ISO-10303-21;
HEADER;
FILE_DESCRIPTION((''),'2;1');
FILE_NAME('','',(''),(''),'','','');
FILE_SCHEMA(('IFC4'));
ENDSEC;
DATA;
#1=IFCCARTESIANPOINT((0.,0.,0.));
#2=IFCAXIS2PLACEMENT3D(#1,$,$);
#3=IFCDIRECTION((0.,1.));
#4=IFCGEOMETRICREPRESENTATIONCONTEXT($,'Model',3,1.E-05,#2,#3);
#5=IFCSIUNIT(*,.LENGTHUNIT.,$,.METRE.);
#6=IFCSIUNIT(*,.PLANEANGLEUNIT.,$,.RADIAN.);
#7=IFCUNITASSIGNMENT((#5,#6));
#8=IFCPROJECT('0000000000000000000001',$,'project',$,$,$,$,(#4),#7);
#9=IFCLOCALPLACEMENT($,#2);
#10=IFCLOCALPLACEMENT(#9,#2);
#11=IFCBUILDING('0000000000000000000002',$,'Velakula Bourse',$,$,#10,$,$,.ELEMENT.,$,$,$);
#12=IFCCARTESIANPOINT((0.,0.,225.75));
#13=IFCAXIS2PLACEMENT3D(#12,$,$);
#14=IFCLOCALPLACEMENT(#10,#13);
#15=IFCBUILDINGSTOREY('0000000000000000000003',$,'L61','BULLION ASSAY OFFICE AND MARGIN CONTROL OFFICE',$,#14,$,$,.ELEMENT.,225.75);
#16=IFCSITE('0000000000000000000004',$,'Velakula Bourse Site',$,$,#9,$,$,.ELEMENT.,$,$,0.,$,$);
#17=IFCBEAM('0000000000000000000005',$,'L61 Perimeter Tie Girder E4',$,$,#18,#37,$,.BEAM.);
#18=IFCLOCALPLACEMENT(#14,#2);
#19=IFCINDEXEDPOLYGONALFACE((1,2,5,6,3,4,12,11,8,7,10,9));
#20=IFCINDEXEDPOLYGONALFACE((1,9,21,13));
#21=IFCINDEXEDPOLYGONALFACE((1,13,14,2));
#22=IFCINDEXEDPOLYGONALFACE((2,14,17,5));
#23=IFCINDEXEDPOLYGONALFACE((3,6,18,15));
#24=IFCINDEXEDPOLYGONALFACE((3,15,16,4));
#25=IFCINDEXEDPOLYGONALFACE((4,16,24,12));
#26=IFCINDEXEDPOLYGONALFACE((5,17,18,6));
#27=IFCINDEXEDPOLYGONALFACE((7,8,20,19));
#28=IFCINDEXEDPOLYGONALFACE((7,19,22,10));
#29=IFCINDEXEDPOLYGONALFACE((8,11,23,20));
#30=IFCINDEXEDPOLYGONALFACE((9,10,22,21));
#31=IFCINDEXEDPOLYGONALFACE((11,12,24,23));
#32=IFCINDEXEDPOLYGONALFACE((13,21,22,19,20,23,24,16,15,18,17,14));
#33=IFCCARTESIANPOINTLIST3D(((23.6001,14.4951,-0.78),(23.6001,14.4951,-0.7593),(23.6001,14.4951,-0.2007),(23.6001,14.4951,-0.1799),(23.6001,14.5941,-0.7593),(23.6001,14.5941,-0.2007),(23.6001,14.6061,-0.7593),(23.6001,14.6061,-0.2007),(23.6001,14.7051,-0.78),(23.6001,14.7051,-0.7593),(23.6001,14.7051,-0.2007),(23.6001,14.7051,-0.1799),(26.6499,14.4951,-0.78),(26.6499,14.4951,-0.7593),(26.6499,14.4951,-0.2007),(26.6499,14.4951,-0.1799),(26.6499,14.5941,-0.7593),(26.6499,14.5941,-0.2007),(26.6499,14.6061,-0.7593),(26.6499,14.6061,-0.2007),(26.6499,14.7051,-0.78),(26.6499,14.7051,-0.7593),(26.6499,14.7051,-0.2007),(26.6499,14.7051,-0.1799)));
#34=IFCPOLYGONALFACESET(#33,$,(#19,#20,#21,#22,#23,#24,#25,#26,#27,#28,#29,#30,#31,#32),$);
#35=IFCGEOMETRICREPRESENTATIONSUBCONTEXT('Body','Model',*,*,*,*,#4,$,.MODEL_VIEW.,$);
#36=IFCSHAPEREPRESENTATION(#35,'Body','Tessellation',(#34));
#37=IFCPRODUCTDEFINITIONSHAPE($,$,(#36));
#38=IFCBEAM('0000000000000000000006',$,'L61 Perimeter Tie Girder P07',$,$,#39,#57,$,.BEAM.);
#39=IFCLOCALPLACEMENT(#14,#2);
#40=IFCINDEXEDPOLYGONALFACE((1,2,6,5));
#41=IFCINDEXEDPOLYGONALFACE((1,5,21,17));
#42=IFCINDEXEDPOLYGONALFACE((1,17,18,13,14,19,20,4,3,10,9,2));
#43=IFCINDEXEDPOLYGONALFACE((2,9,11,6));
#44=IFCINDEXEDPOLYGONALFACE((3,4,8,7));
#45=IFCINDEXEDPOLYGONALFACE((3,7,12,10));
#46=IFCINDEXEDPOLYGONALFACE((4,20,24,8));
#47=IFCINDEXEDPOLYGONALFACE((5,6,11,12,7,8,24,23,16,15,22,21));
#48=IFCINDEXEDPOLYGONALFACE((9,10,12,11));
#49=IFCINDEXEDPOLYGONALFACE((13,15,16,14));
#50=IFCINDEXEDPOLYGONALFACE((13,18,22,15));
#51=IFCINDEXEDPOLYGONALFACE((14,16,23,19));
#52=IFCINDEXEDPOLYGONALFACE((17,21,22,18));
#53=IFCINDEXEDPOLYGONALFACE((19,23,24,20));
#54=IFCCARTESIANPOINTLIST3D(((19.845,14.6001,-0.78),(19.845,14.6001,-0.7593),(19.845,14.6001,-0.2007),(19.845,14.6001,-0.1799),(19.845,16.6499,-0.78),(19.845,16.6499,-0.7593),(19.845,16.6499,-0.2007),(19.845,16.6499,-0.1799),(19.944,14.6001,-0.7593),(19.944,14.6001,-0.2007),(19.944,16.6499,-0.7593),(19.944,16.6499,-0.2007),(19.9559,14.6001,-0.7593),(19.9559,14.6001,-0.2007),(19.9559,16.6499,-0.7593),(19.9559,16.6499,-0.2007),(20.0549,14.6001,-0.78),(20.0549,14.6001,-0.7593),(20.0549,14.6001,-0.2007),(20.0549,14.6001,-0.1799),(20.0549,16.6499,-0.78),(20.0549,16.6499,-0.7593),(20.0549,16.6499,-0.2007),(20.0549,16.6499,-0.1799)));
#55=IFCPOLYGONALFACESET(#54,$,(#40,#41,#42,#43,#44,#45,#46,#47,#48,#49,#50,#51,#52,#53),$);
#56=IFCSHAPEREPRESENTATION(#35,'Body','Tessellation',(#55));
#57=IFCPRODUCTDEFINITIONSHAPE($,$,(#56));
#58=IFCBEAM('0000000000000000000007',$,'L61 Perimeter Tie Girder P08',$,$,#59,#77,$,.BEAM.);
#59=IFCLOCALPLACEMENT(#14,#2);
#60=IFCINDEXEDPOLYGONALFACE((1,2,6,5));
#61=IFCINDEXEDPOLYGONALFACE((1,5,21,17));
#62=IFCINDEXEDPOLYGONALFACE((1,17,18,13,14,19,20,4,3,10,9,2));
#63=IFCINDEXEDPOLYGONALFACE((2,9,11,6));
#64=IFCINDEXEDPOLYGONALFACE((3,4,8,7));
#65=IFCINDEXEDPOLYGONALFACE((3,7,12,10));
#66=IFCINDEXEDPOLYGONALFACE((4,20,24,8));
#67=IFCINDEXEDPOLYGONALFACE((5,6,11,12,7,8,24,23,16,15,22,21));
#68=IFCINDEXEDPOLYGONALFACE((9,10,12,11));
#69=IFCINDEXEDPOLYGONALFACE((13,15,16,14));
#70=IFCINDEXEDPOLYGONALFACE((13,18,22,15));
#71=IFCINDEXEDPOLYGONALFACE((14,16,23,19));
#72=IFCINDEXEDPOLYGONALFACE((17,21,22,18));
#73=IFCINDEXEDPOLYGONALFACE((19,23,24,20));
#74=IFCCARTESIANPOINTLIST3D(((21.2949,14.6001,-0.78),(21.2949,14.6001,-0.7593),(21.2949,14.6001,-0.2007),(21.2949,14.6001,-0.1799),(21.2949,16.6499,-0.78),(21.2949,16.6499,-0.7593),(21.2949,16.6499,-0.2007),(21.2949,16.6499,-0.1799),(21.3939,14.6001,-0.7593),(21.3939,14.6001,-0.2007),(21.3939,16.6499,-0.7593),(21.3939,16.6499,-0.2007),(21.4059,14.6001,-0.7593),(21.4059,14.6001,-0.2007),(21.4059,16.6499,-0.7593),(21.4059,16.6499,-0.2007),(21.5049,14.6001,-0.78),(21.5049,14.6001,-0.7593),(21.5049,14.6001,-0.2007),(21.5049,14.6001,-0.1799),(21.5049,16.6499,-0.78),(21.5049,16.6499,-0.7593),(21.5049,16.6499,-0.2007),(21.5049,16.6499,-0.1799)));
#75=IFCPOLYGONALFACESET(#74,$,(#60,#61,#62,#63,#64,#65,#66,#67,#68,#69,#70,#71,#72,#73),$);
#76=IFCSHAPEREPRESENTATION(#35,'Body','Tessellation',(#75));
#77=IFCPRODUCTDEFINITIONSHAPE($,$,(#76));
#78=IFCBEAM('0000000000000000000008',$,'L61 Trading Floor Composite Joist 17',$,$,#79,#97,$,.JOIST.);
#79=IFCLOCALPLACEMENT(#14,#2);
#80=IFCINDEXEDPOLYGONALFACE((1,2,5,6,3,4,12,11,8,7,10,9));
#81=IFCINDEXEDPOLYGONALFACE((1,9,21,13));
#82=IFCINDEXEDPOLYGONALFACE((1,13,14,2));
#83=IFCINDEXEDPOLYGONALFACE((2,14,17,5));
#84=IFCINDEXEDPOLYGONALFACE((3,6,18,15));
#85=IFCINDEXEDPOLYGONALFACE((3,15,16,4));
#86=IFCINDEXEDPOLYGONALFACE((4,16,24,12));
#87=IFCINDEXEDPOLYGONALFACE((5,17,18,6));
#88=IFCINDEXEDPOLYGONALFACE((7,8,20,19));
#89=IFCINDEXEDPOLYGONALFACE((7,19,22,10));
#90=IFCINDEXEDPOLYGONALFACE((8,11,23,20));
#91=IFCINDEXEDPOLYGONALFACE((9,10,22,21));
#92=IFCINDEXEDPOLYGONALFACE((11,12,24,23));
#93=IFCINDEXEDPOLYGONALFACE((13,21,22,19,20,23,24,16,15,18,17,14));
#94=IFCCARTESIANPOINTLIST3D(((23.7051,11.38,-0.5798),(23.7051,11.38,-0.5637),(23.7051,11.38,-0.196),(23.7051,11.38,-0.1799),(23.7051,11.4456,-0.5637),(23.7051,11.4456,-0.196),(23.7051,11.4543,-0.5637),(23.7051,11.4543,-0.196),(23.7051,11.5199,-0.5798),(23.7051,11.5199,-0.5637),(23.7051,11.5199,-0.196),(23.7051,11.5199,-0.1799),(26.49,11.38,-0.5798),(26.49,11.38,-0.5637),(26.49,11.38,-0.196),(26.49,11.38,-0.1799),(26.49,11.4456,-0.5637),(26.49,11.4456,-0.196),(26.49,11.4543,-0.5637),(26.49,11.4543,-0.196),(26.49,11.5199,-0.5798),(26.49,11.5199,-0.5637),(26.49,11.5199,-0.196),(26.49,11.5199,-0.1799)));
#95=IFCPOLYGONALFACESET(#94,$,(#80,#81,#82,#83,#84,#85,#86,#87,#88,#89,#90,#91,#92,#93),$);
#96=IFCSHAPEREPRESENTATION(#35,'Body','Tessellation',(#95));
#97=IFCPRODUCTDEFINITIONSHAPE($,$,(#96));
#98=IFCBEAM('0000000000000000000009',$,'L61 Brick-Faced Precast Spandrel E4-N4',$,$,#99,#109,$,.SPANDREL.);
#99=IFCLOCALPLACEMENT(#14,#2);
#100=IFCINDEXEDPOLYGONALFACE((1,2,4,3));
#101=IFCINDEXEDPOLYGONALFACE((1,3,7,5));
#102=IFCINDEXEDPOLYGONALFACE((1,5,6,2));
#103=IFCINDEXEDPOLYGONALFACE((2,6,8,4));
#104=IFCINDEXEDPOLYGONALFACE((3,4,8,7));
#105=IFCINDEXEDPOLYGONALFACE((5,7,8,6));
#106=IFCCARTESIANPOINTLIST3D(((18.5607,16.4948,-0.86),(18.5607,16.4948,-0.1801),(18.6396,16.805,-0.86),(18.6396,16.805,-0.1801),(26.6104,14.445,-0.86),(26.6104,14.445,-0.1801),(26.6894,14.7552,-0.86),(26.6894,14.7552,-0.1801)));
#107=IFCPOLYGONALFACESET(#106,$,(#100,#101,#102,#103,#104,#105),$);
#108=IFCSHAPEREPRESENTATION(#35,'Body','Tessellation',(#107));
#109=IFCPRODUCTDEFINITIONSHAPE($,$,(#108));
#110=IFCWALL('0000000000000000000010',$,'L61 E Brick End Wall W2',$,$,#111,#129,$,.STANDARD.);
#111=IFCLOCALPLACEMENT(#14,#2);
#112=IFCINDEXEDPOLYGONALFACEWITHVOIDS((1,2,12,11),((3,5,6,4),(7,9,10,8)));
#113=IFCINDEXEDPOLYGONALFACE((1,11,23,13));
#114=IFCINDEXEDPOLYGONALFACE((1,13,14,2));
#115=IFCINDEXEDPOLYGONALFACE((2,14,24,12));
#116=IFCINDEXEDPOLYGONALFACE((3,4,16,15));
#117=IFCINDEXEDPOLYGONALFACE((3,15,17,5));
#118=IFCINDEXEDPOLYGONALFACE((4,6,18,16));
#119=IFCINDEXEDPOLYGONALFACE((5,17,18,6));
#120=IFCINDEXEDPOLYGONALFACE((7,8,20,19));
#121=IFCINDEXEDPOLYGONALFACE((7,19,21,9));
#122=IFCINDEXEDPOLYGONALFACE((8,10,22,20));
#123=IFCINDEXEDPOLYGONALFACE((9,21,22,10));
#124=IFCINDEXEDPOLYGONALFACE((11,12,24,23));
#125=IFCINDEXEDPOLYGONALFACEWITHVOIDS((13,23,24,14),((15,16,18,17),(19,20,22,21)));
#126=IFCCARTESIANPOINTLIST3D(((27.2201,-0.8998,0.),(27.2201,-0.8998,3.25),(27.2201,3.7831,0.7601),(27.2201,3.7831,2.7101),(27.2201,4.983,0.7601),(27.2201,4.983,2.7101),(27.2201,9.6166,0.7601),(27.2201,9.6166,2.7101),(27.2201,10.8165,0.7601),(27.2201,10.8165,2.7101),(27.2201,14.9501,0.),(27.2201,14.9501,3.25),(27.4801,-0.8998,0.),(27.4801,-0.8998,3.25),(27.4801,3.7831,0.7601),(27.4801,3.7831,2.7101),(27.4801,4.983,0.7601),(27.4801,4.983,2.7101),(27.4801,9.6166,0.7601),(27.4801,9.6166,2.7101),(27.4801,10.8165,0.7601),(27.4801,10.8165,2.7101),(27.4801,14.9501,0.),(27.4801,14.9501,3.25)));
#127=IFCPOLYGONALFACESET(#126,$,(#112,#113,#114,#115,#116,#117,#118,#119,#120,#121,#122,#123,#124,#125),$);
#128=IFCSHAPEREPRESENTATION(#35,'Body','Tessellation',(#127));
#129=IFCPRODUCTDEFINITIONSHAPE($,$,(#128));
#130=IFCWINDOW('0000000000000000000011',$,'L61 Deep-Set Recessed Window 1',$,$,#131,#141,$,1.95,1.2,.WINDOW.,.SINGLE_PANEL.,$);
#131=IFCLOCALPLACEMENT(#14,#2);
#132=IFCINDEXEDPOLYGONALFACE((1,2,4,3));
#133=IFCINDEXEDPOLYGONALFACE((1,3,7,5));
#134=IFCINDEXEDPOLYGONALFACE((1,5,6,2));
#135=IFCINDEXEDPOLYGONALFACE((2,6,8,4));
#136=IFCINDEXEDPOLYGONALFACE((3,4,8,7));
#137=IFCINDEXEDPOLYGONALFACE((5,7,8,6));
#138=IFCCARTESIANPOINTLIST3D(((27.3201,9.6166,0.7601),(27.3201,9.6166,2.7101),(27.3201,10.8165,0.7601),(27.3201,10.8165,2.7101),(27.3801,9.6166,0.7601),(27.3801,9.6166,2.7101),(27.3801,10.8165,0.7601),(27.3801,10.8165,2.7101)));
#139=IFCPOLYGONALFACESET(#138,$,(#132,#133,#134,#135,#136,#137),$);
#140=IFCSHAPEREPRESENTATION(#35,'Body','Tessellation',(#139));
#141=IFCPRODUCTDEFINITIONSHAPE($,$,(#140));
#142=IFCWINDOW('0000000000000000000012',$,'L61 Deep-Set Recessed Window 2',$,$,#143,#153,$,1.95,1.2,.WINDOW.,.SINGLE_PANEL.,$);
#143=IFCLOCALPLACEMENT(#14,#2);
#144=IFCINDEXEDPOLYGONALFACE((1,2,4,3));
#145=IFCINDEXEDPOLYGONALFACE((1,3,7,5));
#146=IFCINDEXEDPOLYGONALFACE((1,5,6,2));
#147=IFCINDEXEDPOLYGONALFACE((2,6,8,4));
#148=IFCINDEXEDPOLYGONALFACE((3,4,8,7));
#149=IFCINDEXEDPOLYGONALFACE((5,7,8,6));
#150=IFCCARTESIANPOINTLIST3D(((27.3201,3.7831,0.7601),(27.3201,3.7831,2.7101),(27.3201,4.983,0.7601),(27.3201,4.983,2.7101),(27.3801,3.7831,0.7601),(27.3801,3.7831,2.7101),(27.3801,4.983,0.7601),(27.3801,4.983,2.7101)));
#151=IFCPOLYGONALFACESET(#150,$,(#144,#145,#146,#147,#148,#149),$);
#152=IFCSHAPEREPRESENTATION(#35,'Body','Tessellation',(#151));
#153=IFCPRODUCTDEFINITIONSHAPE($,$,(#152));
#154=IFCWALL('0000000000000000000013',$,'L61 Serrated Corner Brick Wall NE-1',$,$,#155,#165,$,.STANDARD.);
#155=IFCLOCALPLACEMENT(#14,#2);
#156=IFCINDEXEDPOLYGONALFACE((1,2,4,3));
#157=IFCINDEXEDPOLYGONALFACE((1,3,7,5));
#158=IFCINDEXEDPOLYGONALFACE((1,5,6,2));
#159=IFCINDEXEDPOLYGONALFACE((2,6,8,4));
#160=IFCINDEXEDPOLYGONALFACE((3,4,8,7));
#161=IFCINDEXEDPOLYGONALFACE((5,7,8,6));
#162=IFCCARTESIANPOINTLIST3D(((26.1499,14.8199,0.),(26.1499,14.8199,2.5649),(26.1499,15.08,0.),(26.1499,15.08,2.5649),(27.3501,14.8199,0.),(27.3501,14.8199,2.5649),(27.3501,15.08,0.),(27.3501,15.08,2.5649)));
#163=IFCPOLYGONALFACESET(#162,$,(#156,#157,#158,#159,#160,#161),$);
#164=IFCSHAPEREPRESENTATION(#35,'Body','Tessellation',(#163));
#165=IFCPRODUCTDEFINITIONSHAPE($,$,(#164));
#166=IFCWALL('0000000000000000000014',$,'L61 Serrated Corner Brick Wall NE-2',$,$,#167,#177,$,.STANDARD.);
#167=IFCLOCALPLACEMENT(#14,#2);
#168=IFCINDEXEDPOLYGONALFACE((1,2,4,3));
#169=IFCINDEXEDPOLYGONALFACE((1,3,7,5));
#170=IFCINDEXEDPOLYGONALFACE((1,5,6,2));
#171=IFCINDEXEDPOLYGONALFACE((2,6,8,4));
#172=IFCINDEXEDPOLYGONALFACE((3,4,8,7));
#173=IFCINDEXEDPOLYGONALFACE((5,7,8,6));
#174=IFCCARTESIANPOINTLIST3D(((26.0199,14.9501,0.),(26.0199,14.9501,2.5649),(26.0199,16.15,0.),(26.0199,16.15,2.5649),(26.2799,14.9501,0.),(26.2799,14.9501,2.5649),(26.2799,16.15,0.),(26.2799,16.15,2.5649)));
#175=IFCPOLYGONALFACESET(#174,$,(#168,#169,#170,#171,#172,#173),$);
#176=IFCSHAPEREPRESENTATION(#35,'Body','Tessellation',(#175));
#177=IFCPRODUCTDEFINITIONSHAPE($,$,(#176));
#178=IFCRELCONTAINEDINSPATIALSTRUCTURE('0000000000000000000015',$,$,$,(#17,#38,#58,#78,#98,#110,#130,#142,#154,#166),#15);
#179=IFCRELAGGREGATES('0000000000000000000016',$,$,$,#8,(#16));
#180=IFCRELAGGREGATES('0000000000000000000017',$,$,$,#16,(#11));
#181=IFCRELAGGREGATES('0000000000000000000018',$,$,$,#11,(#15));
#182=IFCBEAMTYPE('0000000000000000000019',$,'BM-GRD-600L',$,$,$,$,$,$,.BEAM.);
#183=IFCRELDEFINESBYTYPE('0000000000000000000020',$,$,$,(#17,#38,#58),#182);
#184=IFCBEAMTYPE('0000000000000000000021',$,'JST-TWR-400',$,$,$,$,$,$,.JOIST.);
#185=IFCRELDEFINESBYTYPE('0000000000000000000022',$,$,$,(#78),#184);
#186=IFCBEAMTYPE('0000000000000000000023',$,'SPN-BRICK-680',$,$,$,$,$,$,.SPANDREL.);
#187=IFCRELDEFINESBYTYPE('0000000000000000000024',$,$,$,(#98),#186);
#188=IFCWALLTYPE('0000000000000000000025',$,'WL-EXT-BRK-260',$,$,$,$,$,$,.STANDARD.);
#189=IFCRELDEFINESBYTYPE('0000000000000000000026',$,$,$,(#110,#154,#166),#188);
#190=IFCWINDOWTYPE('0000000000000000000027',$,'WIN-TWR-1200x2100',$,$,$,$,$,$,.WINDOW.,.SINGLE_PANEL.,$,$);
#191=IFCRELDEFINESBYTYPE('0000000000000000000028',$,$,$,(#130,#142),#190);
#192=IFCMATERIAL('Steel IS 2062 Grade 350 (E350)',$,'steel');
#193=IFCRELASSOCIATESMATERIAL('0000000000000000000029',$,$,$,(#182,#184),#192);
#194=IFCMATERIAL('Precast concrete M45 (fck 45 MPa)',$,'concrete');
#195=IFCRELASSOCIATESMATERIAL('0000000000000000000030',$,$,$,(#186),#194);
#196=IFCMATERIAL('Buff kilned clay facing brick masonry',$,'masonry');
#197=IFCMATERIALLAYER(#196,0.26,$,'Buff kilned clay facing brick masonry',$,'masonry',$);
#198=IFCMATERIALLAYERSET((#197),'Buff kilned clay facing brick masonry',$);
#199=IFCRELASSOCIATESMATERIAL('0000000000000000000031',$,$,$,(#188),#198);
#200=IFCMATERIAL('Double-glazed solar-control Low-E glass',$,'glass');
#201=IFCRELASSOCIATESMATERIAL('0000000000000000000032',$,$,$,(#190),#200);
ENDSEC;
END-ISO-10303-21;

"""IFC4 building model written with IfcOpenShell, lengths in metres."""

from ifc_helpers import new_model, si_unit, direction, frame, frame_2d, origin, origin_2d, place, context, subcontext, project, spatial, rectangle, i_section, extrude, material, layer, layer_set, material_profile, profile_set, type_object, element, fill, save


model = new_model("IFC4")

# Units and contexts
model_context = context("Model", 3, precision=1e-05, world=origin(), true_north=direction((0.0, 1.0)))
body_context = subcontext(model_context, "Body", "Model", "MODEL_VIEW")
ifc_project = project(units=[si_unit("LENGTHUNIT", "METRE"), si_unit("PLANEANGLEUNIT", "RADIAN")], contexts=[model_context])

# Site, building, storey
site_placement = place(None, origin())
site = spatial("IfcSite", under=ifc_project, at=site_placement, Name="Velakula Bourse Site", CompositionType="ELEMENT", RefElevation=0.0)
building_placement = place(site_placement, origin())
building = spatial("IfcBuilding", under=site, at=building_placement, Name="Velakula Bourse", CompositionType="ELEMENT")
storey_placement = place(building_placement, frame((0.0, 0.0, 225.75)))
storey = spatial("IfcBuildingStorey", under=building, at=storey_placement, Name="L61", Description="BULLION ASSAY OFFICE AND MARGIN CONTROL OFFICE", CompositionType="ELEMENT", Elevation=225.75)

# Shared definitions
ifc_material_1 = material(Name="Steel IS 2062 Grade 350 (E350)", Category="steel")
ifc_material_2 = material(Name="Precast concrete M45 (fck 45 MPa)", Category="concrete")

# Beams
ifc_material_profile_1 = material_profile(ifc_material_1, i_section(OverallWidth=0.21, OverallDepth=0.6001, WebThickness=0.012, FlangeThickness=0.0208, at=origin_2d()), Name="Steel IS 2062 Grade 350 (E350)")
ifc_profile_set_1 = profile_set([ifc_material_profile_1], Name="Steel IS 2062 Grade 350 (E350)")
beam_type_1 = type_object("IfcBeamType", Name="BM-GRD-600L", PredefinedType="BEAM", material=ifc_profile_set_1)
beam_1_placement = place(storey_placement, frame((23.6001, 14.6001, -0.48), z_axis=(1.0, 0.0, 0.0), x_axis=(0.0, 1.0, 0.0)))
element("IfcBeam", 1, at=beam_1_placement, inside=storey, type_object=beam_type_1, Name="L61 Perimeter Tie Girder E4", PredefinedType="BEAM", context=body_context, shape_type="SweptSolid", body=[
    extrude(i_section(OverallWidth=0.21, OverallDepth=0.6001, WebThickness=0.012, FlangeThickness=0.0208, at=origin_2d()), origin(), (0.0, 0.0, 1.0), 3.0498),
])
for number, where, z_axis, x_axis, name in (
    (2, (19.95, 14.6001, -0.48), (0.0, 1.0, 0.0), (-1.0, 0.0, 0.0), "L61 Perimeter Tie Girder P07"),
    (3, (21.3999, 14.6001, -0.48), (0.0, 1.0, 0.0), (-1.0, 0.0, 0.0), "L61 Perimeter Tie Girder P08"),
):
    element("IfcBeam", number, at=place(storey_placement, frame(where, z_axis=z_axis, x_axis=x_axis)), inside=storey, type_object=beam_type_1, Name=name, PredefinedType="BEAM", context=body_context, shape_type="SweptSolid", body=[
        extrude(i_section(OverallWidth=0.21, OverallDepth=0.6001, WebThickness=0.012, FlangeThickness=0.0208, at=origin_2d()), origin(), (0.0, 0.0, 1.0), 2.0498),
    ])
ifc_material_profile_2 = material_profile(ifc_material_1, i_section(OverallWidth=0.1399, OverallDepth=0.3999, WebThickness=0.0088, FlangeThickness=0.0161, at=origin_2d()), Name="Steel IS 2062 Grade 350 (E350)")
ifc_profile_set_2 = profile_set([ifc_material_profile_2], Name="Steel IS 2062 Grade 350 (E350)")
beam_type_2 = type_object("IfcBeamType", Name="JST-TWR-400", PredefinedType="JOIST", material=ifc_profile_set_2)
beam_2_placement = place(storey_placement, frame((23.7051, 11.45, -0.3799), z_axis=(1.0, 0.0, 0.0), x_axis=(0.0, 1.0, 0.0)))
element("IfcBeam", 4, at=beam_2_placement, inside=storey, type_object=beam_type_2, Name="L61 Trading Floor Composite Joist 17", PredefinedType="JOIST", context=body_context, shape_type="SweptSolid", body=[
    extrude(i_section(OverallWidth=0.1399, OverallDepth=0.3999, WebThickness=0.0088, FlangeThickness=0.0161, at=origin_2d()), origin(), (0.0, 0.0, 1.0), 2.7849),
])
ifc_material_profile_3 = material_profile(ifc_material_2, rectangle(XDim=0.3201, YDim=0.6799, at=origin_2d()), Name="Precast concrete M45 (fck 45 MPa)")
ifc_profile_set_3 = profile_set([ifc_material_profile_3], Name="Precast concrete M45 (fck 45 MPa)")
beam_type_3 = type_object("IfcBeamType", Name="SPN-BRICK-680", PredefinedType="SPANDREL", material=ifc_profile_set_3)
beam_3_placement = place(storey_placement, frame((26.6499, 14.6001, -0.52), z_axis=(-0.969075, 0.246766, 0.0), x_axis=(-0.246766, -0.969075, 0.0)))
element("IfcBeam", 5, at=beam_3_placement, inside=storey, type_object=beam_type_3, Name="L61 Brick-Faced Precast Spandrel E4-N4", PredefinedType="SPANDREL", context=body_context, shape_type="SweptSolid", body=[
    extrude(rectangle(XDim=0.3201, YDim=0.6799, at=origin_2d()), origin(), (0.0, 0.0, 1.0), 8.3066),
])

# Wall, openings, windows
ifc_material_3 = material(Name="Buff kilned clay facing brick masonry", Category="masonry")
ifc_layer = layer(ifc_material_3, 0.26, Name="Buff kilned clay facing brick masonry", Category="masonry")
ifc_layer_set = layer_set([ifc_layer], Name="Buff kilned clay facing brick masonry")
wall_type = type_object("IfcWallType", Name="WL-EXT-BRK-260", PredefinedType="STANDARD", material=ifc_layer_set)
wall_1_placement = place(storey_placement, frame((27.3501, 14.95, 0.0), z_axis=(0.0, 0.0, 1.0), x_axis=(0.0, -1.0, 0.0)))
wall_1 = element("IfcWall", 6, at=wall_1_placement, inside=storey, type_object=wall_type, Name="L61 E Brick End Wall W2", PredefinedType="STANDARD", context=body_context, shape_type="SweptSolid", body=[
    extrude(rectangle(XDim=15.8499, YDim=0.26, at=frame_2d((7.9248, 0.0))), origin(), (0.0, 0.0, 1.0), 3.25),
])
opening_1_placement = place(wall_1_placement, frame((4.1333, 0.0, 0.76)))
opening_1 = element("IfcOpeningElement", 7, at=opening_1_placement, cuts=wall_1, PredefinedType="OPENING", context=body_context, shape_type="SweptSolid", body=[
    extrude(rectangle(XDim=1.2, YDim=1.95, at=frame_2d((0.6001, 0.9751))), frame((0.0, 0.1399, 0.0), z_axis=(0.0, -1.0, 0.0), x_axis=(1.0, 0.0, 0.0)), (0.0, 0.0, 1.0), 0.28),
])
opening_2_placement = place(wall_1_placement, frame((9.9668, 0.0, 0.76)))
opening_2 = element("IfcOpeningElement", 8, at=opening_2_placement, cuts=wall_1, PredefinedType="OPENING", context=body_context, shape_type="SweptSolid", body=[
    extrude(rectangle(XDim=1.2, YDim=1.95, at=frame_2d((0.6001, 0.9751))), frame((0.0, 0.1399, 0.0), z_axis=(0.0, -1.0, 0.0), x_axis=(1.0, 0.0, 0.0)), (0.0, 0.0, 1.0), 0.28),
])
ifc_material_4 = material(Name="Double-glazed solar-control Low-E glass", Category="glass")
window_type = type_object("IfcWindowType", Name="WIN-TWR-1200x2100", PartitioningType="SINGLE_PANEL", PredefinedType="WINDOW", material=ifc_material_4)
window_1_placement = place(opening_1_placement, origin())
window_1 = element("IfcWindow", 9, at=window_1_placement, inside=storey, type_object=window_type, Name="L61 Deep-Set Recessed Window 1", OverallHeight=1.95, OverallWidth=1.2, PartitioningType="SINGLE_PANEL", PredefinedType="WINDOW", context=body_context, shape_type="SweptSolid", body=[
    extrude(rectangle(XDim=1.2, YDim=1.95, at=frame_2d((0.6001, 0.9751))), frame((0.0, 0.03, 0.0), z_axis=(0.0, -1.0, 0.0), x_axis=(1.0, 0.0, 0.0)), (0.0, 0.0, 1.0), 0.0601),
])
fill(opening_1, window_1)
window_2_placement = place(opening_2_placement, origin())
window_2 = element("IfcWindow", 10, at=window_2_placement, inside=storey, type_object=window_type, Name="L61 Deep-Set Recessed Window 2", OverallHeight=1.95, OverallWidth=1.2, PartitioningType="SINGLE_PANEL", PredefinedType="WINDOW", context=body_context, shape_type="SweptSolid", body=[
    extrude(rectangle(XDim=1.2, YDim=1.95, at=frame_2d((0.6001, 0.9751))), frame((0.0, 0.03, 0.0), z_axis=(0.0, -1.0, 0.0), x_axis=(1.0, 0.0, 0.0)), (0.0, 0.0, 1.0), 0.0601),
])
fill(opening_2, window_2)

# Walls
wall_2_placement = place(storey_placement, frame((27.3501, 14.95, 0.0), z_axis=(0.0, 0.0, 1.0), x_axis=(-1.0, 0.0, 0.0)))
element("IfcWall", 11, at=wall_2_placement, inside=storey, type_object=wall_type, Name="L61 Serrated Corner Brick Wall NE-1", PredefinedType="STANDARD", context=body_context, shape_type="SweptSolid", body=[
    extrude(rectangle(XDim=1.2002, YDim=0.26, at=frame_2d((0.6001, 0.0))), origin(), (0.0, 0.0, 1.0), 2.5649),
])
for number, where, z_axis, x_axis, name in (
    (12, (26.1499, 14.95, 0.0), (0.0, 0.0, 1.0), (0.0, 1.0, 0.0), "L61 Serrated Corner Brick Wall NE-2"),
):
    element("IfcWall", number, at=place(storey_placement, frame(where, z_axis=z_axis, x_axis=x_axis)), inside=storey, type_object=wall_type, Name=name, PredefinedType="STANDARD", context=body_context, shape_type="SweptSolid", body=[
        extrude(rectangle(XDim=1.2, YDim=0.26, at=frame_2d((0.6001, 0.0))), origin(), (0.0, 0.0, 1.0), 2.5649),
    ])

save(model, "model.ifc")
